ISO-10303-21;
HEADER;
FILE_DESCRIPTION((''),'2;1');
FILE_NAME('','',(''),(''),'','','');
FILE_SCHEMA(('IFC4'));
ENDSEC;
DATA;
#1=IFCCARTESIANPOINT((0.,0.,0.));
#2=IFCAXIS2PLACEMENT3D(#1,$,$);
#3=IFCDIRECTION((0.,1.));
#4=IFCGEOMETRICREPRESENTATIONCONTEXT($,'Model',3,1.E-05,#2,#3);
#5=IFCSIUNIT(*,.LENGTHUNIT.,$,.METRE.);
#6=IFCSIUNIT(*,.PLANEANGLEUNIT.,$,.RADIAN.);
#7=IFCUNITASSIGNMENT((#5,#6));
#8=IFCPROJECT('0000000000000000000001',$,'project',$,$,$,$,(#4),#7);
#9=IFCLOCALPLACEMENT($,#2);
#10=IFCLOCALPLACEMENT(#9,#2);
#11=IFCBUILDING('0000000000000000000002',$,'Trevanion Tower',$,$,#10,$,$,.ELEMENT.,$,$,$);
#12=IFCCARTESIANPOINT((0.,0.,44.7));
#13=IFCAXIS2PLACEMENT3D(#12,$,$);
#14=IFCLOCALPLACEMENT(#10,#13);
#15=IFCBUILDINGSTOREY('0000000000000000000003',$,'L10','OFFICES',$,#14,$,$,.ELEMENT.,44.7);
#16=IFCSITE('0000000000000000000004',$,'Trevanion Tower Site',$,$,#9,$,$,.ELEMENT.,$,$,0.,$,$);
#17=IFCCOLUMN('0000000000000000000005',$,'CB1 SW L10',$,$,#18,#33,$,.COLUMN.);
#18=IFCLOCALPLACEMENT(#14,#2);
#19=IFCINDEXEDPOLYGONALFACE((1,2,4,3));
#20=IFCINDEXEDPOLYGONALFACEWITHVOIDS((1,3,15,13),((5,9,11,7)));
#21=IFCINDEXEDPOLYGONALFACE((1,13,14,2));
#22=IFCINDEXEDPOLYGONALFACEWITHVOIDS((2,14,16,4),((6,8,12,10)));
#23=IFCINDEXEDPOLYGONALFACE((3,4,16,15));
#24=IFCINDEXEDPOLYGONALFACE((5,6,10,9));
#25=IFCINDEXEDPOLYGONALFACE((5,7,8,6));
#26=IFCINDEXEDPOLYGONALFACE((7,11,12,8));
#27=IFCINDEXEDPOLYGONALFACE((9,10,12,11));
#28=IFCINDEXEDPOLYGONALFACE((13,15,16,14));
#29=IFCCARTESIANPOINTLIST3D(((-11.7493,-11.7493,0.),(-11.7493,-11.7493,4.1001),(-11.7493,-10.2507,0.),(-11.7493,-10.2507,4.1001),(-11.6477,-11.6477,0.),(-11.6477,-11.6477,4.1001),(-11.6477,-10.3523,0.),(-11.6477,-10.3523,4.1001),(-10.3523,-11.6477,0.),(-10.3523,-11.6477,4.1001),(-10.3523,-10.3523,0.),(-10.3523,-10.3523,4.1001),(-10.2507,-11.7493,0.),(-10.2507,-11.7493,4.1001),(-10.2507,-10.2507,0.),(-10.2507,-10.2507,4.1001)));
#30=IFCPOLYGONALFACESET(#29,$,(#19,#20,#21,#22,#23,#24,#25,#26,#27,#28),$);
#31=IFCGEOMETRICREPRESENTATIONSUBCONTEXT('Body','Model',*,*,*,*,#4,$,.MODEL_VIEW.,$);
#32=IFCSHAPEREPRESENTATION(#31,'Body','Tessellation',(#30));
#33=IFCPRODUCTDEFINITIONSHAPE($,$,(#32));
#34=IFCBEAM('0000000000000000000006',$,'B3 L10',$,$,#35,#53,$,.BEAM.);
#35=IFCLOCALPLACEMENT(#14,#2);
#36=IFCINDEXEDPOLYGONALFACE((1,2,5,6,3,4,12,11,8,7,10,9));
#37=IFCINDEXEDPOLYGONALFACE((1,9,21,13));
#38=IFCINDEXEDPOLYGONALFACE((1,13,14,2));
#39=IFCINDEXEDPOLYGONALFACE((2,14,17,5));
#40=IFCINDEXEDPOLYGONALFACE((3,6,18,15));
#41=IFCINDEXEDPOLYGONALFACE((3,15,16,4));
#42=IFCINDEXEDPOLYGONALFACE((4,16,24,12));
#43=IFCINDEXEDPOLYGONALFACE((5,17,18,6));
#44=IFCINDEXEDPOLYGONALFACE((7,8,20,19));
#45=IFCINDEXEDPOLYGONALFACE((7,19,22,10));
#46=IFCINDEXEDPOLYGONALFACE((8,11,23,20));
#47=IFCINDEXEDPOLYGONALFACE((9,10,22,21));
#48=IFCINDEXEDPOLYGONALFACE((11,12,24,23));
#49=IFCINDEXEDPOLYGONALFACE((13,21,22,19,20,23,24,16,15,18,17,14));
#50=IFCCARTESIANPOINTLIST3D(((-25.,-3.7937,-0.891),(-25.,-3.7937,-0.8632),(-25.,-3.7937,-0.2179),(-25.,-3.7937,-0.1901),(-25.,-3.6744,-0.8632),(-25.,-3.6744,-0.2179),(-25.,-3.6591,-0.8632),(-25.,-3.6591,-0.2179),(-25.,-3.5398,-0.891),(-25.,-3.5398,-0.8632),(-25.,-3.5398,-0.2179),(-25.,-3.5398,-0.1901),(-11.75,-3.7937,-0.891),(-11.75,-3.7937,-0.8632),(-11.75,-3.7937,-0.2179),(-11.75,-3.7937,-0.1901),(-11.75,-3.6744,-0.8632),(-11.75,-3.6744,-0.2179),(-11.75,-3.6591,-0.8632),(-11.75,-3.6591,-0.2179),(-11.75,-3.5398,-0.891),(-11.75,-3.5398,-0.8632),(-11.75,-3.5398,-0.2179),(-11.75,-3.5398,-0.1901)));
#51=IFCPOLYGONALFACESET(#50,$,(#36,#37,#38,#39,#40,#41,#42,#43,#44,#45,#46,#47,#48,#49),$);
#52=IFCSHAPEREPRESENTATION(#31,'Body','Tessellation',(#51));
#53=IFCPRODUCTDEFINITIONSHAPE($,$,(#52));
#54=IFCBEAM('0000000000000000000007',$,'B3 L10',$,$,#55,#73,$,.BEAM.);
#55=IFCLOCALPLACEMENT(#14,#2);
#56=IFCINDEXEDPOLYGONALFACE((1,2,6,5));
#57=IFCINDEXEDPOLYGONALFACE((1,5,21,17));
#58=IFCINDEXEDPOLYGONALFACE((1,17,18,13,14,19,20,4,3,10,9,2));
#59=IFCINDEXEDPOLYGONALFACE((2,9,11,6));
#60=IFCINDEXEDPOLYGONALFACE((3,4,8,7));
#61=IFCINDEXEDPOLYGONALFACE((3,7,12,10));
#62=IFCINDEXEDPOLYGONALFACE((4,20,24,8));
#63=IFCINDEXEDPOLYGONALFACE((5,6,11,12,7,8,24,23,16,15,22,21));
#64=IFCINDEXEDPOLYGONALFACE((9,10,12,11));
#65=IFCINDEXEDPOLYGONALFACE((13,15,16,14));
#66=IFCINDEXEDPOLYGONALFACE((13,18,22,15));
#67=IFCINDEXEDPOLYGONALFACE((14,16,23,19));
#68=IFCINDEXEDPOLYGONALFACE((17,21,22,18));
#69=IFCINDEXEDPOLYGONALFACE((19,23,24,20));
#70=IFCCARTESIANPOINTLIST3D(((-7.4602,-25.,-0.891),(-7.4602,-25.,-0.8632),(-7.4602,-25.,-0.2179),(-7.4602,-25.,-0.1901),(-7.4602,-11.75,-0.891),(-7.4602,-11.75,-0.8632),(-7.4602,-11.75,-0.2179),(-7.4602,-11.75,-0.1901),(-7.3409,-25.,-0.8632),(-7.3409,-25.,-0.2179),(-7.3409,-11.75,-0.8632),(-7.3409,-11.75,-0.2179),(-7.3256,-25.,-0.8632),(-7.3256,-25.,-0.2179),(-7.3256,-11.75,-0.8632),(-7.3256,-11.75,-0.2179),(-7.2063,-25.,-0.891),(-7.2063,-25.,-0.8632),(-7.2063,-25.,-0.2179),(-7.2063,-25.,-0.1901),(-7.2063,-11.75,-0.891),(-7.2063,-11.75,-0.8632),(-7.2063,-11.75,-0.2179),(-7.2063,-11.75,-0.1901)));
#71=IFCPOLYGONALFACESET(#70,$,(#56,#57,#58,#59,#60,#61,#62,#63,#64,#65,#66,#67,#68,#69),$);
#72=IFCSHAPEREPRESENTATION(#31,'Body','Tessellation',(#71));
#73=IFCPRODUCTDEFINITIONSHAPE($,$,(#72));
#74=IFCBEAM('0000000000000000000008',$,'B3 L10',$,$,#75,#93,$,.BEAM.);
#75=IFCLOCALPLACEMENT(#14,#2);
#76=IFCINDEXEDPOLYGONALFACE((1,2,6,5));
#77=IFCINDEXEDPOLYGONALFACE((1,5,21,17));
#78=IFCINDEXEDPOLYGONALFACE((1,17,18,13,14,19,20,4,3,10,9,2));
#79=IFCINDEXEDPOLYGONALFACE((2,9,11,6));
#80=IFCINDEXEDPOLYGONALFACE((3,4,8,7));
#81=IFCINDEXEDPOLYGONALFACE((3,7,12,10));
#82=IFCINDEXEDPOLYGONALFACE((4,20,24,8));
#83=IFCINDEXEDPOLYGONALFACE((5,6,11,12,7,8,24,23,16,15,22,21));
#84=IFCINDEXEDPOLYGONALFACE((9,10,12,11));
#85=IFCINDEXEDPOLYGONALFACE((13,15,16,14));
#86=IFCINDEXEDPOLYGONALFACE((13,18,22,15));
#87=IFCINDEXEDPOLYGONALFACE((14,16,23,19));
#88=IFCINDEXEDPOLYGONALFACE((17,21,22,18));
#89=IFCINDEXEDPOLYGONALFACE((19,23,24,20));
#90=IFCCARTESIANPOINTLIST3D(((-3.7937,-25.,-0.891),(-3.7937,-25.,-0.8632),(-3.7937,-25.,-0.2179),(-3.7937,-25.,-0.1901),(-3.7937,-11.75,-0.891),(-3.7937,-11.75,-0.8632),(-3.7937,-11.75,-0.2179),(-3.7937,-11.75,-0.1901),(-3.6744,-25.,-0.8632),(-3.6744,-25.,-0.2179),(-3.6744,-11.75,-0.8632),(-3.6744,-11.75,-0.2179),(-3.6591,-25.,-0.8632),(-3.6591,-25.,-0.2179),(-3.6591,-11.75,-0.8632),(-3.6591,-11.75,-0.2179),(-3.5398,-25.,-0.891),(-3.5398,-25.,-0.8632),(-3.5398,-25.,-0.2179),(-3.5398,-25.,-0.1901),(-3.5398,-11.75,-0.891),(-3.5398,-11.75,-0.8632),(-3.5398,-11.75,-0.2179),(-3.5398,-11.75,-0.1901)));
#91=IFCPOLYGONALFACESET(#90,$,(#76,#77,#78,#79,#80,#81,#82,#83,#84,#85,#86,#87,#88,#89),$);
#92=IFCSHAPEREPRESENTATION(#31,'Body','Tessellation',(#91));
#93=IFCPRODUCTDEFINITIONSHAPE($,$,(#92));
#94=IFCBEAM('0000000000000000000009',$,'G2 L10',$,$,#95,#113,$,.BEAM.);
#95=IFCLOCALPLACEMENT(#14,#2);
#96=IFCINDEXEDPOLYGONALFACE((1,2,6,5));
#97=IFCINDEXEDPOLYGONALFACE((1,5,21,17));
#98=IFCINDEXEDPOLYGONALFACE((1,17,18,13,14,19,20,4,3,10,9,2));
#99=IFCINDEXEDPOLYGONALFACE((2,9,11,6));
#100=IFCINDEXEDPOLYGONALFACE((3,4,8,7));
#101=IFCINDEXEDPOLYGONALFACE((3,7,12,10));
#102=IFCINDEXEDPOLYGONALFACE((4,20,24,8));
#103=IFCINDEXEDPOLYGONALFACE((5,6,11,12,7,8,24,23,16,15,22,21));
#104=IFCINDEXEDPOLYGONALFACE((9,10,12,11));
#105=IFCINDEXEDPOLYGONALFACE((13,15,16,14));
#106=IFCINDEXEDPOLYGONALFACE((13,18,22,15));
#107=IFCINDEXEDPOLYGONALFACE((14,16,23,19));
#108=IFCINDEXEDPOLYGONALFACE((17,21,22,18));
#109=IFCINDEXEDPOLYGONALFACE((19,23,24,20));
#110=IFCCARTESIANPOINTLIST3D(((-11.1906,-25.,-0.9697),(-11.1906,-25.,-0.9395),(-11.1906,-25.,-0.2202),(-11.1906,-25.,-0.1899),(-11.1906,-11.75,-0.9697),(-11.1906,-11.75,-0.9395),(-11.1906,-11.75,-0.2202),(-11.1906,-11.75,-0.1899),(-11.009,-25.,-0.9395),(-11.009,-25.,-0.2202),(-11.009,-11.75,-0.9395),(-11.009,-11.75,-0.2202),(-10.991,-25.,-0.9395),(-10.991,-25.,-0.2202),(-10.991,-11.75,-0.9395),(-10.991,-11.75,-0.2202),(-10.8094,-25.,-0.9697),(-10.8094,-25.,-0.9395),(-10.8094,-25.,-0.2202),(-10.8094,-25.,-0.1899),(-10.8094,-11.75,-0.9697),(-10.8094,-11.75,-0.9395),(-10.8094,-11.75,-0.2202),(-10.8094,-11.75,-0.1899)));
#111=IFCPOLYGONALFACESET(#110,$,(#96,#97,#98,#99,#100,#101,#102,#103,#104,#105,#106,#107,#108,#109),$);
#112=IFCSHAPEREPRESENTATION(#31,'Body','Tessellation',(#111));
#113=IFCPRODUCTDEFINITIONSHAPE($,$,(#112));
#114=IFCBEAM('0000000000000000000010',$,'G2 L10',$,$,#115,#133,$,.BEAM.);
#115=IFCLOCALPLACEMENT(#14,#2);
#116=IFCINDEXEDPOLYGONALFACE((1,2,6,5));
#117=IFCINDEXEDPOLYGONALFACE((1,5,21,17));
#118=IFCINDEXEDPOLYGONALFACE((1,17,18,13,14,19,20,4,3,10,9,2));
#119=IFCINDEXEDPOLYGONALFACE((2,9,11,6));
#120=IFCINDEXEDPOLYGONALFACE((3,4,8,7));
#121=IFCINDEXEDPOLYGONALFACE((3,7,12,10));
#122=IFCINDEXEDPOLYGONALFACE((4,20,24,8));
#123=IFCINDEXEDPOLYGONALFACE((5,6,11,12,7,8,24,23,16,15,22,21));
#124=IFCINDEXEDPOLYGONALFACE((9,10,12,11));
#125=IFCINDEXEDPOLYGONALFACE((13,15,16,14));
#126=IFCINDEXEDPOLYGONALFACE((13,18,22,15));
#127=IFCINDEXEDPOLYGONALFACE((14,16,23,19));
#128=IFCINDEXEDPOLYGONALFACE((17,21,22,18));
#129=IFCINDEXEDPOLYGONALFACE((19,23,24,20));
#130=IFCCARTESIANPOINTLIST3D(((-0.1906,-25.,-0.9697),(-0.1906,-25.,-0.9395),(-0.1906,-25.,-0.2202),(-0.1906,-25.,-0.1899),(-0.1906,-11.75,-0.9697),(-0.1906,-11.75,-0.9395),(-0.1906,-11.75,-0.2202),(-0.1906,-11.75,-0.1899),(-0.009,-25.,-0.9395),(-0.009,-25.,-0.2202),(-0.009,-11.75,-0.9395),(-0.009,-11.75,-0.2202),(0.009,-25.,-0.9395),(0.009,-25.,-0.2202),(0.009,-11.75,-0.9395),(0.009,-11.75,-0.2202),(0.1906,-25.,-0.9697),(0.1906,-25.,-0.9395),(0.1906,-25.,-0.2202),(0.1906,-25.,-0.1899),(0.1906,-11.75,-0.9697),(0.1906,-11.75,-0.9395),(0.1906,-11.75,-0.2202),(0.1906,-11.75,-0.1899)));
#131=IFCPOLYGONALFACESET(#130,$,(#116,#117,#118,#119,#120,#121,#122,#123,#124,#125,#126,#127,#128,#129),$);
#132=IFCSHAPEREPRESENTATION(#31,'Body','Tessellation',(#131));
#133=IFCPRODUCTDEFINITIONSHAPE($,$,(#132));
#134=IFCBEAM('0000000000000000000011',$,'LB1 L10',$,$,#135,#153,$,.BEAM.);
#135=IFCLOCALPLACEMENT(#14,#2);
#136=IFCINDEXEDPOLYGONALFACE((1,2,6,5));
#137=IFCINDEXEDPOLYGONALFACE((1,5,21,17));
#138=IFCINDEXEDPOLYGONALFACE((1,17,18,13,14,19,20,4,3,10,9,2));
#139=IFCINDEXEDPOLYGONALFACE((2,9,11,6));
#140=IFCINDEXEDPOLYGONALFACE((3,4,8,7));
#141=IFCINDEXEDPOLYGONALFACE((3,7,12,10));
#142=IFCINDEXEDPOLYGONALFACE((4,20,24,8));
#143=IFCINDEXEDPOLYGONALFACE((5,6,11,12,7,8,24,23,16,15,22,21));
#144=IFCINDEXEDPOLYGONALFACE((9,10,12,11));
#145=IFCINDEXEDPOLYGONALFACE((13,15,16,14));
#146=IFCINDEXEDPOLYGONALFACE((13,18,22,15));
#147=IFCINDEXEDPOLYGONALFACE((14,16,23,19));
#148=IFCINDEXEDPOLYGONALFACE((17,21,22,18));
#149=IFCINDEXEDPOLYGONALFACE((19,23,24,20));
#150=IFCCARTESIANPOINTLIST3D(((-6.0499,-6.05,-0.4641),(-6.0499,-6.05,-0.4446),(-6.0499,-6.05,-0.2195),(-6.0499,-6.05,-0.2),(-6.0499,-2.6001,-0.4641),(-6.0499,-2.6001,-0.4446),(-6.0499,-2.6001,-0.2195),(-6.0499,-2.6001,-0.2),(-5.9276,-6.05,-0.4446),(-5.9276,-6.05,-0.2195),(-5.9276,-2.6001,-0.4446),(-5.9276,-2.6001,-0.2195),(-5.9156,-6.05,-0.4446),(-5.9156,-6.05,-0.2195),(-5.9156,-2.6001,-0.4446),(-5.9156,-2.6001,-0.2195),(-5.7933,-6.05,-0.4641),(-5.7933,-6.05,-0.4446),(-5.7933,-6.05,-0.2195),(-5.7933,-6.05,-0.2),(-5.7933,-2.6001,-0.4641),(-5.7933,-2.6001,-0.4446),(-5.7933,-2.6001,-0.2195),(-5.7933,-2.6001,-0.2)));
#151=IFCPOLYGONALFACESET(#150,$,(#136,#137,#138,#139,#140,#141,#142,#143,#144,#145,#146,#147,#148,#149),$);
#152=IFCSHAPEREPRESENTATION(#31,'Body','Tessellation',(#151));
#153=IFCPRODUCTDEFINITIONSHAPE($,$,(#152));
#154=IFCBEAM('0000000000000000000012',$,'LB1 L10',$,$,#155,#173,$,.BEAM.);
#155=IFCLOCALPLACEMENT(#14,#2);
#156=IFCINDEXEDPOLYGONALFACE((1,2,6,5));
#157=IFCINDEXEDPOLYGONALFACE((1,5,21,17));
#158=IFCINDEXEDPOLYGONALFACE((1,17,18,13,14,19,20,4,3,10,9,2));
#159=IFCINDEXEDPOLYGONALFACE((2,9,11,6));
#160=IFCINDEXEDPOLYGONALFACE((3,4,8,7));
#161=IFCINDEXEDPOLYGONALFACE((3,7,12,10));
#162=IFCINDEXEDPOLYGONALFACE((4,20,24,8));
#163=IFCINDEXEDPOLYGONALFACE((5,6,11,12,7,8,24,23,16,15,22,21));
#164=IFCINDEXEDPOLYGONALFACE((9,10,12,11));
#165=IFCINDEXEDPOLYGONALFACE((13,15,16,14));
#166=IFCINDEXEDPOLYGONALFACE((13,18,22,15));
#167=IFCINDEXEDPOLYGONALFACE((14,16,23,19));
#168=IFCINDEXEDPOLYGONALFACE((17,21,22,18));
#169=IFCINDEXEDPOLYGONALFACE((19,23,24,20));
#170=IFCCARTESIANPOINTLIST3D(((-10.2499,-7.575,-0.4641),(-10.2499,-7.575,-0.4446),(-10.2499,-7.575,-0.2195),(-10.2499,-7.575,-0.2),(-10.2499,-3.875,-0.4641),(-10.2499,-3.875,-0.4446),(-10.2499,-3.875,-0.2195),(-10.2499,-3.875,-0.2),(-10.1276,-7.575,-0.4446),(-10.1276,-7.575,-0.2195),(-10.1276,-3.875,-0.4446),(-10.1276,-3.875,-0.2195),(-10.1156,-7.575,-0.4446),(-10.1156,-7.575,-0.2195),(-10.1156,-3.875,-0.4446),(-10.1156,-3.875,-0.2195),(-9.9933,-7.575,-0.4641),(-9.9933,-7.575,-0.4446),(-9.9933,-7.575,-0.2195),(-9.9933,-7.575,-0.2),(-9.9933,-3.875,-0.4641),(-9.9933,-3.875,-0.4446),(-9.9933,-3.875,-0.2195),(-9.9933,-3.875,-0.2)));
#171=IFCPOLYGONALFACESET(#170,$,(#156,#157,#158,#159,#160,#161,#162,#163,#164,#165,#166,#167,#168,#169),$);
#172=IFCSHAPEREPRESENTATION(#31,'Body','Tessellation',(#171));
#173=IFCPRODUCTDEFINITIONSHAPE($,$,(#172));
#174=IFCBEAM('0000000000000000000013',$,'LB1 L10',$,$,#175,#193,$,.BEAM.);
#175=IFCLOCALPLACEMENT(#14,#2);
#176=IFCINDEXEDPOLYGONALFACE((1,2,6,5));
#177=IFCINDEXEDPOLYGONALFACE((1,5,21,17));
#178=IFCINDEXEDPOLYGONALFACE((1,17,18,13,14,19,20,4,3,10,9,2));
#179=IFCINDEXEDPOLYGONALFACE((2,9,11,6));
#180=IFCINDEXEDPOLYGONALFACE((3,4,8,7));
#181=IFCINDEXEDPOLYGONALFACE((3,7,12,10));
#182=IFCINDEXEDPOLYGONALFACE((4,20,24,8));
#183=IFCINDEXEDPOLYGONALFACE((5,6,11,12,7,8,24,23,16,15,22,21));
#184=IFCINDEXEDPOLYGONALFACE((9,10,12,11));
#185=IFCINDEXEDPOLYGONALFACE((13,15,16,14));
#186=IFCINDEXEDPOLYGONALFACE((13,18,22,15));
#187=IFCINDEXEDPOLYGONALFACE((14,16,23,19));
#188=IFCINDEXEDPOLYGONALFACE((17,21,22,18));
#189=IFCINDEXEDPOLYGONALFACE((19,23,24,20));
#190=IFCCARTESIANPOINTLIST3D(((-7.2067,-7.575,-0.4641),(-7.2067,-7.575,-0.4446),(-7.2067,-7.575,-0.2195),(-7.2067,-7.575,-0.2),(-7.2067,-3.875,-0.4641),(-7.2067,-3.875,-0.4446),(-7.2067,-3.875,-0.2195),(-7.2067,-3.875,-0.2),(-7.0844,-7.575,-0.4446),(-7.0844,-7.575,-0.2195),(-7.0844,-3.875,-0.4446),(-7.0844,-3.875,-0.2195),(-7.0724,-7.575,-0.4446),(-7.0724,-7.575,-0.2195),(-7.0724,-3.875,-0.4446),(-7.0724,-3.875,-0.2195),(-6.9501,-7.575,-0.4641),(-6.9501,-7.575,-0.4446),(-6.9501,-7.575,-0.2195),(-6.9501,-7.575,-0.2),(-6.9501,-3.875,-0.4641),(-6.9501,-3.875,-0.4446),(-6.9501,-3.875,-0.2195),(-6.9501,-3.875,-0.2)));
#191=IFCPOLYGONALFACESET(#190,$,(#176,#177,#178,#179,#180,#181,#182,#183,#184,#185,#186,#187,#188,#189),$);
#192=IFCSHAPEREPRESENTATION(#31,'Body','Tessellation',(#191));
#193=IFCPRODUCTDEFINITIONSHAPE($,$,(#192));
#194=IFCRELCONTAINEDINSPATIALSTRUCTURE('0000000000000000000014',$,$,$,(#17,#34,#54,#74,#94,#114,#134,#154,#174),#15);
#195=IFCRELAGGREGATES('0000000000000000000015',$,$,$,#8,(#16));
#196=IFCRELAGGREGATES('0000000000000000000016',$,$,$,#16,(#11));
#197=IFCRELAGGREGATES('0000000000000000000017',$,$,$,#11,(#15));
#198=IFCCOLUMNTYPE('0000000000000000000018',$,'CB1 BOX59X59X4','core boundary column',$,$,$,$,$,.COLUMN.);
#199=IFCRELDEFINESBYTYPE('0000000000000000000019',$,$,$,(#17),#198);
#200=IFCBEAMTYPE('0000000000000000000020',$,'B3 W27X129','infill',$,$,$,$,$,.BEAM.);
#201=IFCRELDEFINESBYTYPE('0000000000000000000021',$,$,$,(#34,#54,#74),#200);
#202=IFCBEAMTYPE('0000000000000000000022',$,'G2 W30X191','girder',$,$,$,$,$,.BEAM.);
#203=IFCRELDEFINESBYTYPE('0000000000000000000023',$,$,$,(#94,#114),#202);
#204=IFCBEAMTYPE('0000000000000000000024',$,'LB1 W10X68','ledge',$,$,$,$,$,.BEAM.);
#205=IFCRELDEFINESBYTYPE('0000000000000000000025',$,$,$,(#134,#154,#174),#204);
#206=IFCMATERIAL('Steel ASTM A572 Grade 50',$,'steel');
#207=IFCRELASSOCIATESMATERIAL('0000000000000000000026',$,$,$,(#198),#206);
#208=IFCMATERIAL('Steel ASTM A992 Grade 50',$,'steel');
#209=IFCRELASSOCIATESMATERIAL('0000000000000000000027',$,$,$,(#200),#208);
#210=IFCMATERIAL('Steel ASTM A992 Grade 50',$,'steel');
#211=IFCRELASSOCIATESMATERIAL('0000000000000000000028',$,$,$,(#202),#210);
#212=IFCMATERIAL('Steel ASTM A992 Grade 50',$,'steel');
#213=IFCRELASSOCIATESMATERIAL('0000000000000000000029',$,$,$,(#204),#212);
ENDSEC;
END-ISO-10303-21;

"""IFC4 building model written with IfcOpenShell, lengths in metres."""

from ifc_helpers import new_model, si_unit, direction, frame, origin, origin_2d, place, context, subcontext, project, spatial, hollow_rectangle, i_section, extrude, material, material_profile, profile_set, type_object, element, save


model = new_model("IFC4")

# Units and contexts
model_context = context("Model", 3, precision=1e-05, world=origin(), true_north=direction((0.0, 1.0)))
body_context = subcontext(model_context, "Body", "Model", "MODEL_VIEW")
ifc_project = project(units=[si_unit("LENGTHUNIT", "METRE"), si_unit("PLANEANGLEUNIT", "RADIAN")], contexts=[model_context])

# Site, building, storey
site_placement = place(None, origin())
site = spatial("IfcSite", under=ifc_project, at=site_placement, Name="Trevanion Tower Site", CompositionType="ELEMENT", RefElevation=0.0)
building_placement = place(site_placement, origin())
building = spatial("IfcBuilding", under=site, at=building_placement, Name="Trevanion Tower", CompositionType="ELEMENT")
storey_placement = place(building_placement, frame((0.0, 0.0, 44.7)))
storey = spatial("IfcBuildingStorey", under=building, at=storey_placement, Name="L10", Description="OFFICES", CompositionType="ELEMENT", Elevation=44.7)

# Column
ifc_material_1 = material(Name="Steel ASTM A572 Grade 50", Category="steel")
ifc_material_profile_1 = material_profile(ifc_material_1, hollow_rectangle(XDim=1.4985, YDim=1.4985, WallThickness=0.1016, at=origin_2d()), Name="BOX59X59X4")
ifc_profile_set_1 = profile_set([ifc_material_profile_1], Name="Steel ASTM A572 Grade 50")
column_type = type_object("IfcColumnType", Name="CB1 BOX59X59X4", Description="core boundary column", PredefinedType="COLUMN", material=ifc_profile_set_1)
column_placement = place(storey_placement, frame((-11.0, -11.0, 0.0), z_axis=(0.0, 0.0, 1.0), x_axis=(1.0, 0.0, 0.0)))
element("IfcColumn", 1, at=column_placement, inside=storey, type_object=column_type, Name="CB1 SW L10", PredefinedType="COLUMN", context=body_context, shape_type="SweptSolid", body=[
    extrude(hollow_rectangle(XDim=1.4985, YDim=1.4985, WallThickness=0.1016, at=origin_2d()), origin(), (0.0, 0.0, 1.0), 4.1001),
])

# Beams
ifc_material_2 = material(Name="Steel ASTM A992 Grade 50", Category="steel")
ifc_material_profile_2 = material_profile(ifc_material_2, i_section(OverallWidth=0.2539, OverallDepth=0.7009, WebThickness=0.0154, FlangeThickness=0.0278, at=origin_2d()), Name="W27X129")
ifc_profile_set_2 = profile_set([ifc_material_profile_2], Name="Steel ASTM A992 Grade 50")
beam_type_1 = type_object("IfcBeamType", Name="B3 W27X129", Description="infill", PredefinedType="BEAM", material=ifc_profile_set_2)
for number, where, z_axis, x_axis, name in (
    (2, (-11.75, -3.6667, -0.5405), (-1.0, 0.0, 0.0), (0.0, -1.0, 0.0), "B3 L10"),
    (3, (-7.3333, -11.75, -0.5405), (0.0, -1.0, 0.0), (1.0, 0.0, 0.0), "B3 L10"),
    (4, (-3.6667, -11.75, -0.5405), (0.0, -1.0, 0.0), (1.0, 0.0, 0.0), "B3 L10"),
):
    element("IfcBeam", number, at=place(storey_placement, frame(where, z_axis=z_axis, x_axis=x_axis)), inside=storey, type_object=beam_type_1, Name=name, PredefinedType="BEAM", context=body_context, shape_type="SweptSolid", body=[
        extrude(i_section(OverallWidth=0.2539, OverallDepth=0.7009, WebThickness=0.0154, FlangeThickness=0.0278, at=origin_2d()), origin(), (0.0, 0.0, 1.0), 13.25),
    ])
ifc_material_3 = material(Name="Steel ASTM A992 Grade 50", Category="steel")
ifc_material_profile_3 = material_profile(ifc_material_3, i_section(OverallWidth=0.3811, OverallDepth=0.7798, WebThickness=0.0181, FlangeThickness=0.0303, at=origin_2d()), Name="W30X191")
ifc_profile_set_3 = profile_set([ifc_material_profile_3], Name="Steel ASTM A992 Grade 50")
beam_type_2 = type_object("IfcBeamType", Name="G2 W30X191", Description="girder", PredefinedType="BEAM", material=ifc_profile_set_3)
for number, where, z_axis, x_axis, name in (
    (5, (-11.0, -11.75, -0.5798), (0.0, -1.0, 0.0), (1.0, 0.0, 0.0), "G2 L10"),
    (6, (0.0, -11.75, -0.5798), (0.0, -1.0, 0.0), (1.0, 0.0, 0.0), "G2 L10"),
):
    element("IfcBeam", number, at=place(storey_placement, frame(where, z_axis=z_axis, x_axis=x_axis)), inside=storey, type_object=beam_type_2, Name=name, PredefinedType="BEAM", context=body_context, shape_type="SweptSolid", body=[
        extrude(i_section(OverallWidth=0.3811, OverallDepth=0.7798, WebThickness=0.0181, FlangeThickness=0.0303, at=origin_2d()), origin(), (0.0, 0.0, 1.0), 13.25),
    ])
ifc_material_4 = material(Name="Steel ASTM A992 Grade 50", Category="steel")
ifc_material_profile_4 = material_profile(ifc_material_4, i_section(OverallWidth=0.2566, OverallDepth=0.2642, WebThickness=0.012, FlangeThickness=0.0195, at=origin_2d()), Name="W10X68")
ifc_profile_set_4 = profile_set([ifc_material_profile_4], Name="Steel ASTM A992 Grade 50")
beam_type_3 = type_object("IfcBeamType", Name="LB1 W10X68", Description="ledge", PredefinedType="BEAM", material=ifc_profile_set_4)
beam_1_placement = place(storey_placement, frame((-5.9216, -6.05, -0.332), z_axis=(0.0, 1.0, 0.0), x_axis=(-1.0, 0.0, 0.0)))
element("IfcBeam", 7, at=beam_1_placement, inside=storey, type_object=beam_type_3, Name="LB1 L10", PredefinedType="BEAM", context=body_context, shape_type="SweptSolid", body=[
    extrude(i_section(OverallWidth=0.2566, OverallDepth=0.2642, WebThickness=0.012, FlangeThickness=0.0195, at=origin_2d()), origin(), (0.0, 0.0, 1.0), 3.45),
])
for number, where, z_axis, x_axis, name in (
    (8, (-10.1216, -7.575, -0.332), (0.0, 1.0, 0.0), (-1.0, 0.0, 0.0), "LB1 L10"),
    (9, (-7.0784, -7.575, -0.332), (0.0, 1.0, 0.0), (-1.0, 0.0, 0.0), "LB1 L10"),
):
    element("IfcBeam", number, at=place(storey_placement, frame(where, z_axis=z_axis, x_axis=x_axis)), inside=storey, type_object=beam_type_3, Name=name, PredefinedType="BEAM", context=body_context, shape_type="SweptSolid", body=[
        extrude(i_section(OverallWidth=0.2566, OverallDepth=0.2642, WebThickness=0.012, FlangeThickness=0.0195, at=origin_2d()), origin(), (0.0, 0.0, 1.0), 3.7),
    ])

save(model, "model.ifc")
